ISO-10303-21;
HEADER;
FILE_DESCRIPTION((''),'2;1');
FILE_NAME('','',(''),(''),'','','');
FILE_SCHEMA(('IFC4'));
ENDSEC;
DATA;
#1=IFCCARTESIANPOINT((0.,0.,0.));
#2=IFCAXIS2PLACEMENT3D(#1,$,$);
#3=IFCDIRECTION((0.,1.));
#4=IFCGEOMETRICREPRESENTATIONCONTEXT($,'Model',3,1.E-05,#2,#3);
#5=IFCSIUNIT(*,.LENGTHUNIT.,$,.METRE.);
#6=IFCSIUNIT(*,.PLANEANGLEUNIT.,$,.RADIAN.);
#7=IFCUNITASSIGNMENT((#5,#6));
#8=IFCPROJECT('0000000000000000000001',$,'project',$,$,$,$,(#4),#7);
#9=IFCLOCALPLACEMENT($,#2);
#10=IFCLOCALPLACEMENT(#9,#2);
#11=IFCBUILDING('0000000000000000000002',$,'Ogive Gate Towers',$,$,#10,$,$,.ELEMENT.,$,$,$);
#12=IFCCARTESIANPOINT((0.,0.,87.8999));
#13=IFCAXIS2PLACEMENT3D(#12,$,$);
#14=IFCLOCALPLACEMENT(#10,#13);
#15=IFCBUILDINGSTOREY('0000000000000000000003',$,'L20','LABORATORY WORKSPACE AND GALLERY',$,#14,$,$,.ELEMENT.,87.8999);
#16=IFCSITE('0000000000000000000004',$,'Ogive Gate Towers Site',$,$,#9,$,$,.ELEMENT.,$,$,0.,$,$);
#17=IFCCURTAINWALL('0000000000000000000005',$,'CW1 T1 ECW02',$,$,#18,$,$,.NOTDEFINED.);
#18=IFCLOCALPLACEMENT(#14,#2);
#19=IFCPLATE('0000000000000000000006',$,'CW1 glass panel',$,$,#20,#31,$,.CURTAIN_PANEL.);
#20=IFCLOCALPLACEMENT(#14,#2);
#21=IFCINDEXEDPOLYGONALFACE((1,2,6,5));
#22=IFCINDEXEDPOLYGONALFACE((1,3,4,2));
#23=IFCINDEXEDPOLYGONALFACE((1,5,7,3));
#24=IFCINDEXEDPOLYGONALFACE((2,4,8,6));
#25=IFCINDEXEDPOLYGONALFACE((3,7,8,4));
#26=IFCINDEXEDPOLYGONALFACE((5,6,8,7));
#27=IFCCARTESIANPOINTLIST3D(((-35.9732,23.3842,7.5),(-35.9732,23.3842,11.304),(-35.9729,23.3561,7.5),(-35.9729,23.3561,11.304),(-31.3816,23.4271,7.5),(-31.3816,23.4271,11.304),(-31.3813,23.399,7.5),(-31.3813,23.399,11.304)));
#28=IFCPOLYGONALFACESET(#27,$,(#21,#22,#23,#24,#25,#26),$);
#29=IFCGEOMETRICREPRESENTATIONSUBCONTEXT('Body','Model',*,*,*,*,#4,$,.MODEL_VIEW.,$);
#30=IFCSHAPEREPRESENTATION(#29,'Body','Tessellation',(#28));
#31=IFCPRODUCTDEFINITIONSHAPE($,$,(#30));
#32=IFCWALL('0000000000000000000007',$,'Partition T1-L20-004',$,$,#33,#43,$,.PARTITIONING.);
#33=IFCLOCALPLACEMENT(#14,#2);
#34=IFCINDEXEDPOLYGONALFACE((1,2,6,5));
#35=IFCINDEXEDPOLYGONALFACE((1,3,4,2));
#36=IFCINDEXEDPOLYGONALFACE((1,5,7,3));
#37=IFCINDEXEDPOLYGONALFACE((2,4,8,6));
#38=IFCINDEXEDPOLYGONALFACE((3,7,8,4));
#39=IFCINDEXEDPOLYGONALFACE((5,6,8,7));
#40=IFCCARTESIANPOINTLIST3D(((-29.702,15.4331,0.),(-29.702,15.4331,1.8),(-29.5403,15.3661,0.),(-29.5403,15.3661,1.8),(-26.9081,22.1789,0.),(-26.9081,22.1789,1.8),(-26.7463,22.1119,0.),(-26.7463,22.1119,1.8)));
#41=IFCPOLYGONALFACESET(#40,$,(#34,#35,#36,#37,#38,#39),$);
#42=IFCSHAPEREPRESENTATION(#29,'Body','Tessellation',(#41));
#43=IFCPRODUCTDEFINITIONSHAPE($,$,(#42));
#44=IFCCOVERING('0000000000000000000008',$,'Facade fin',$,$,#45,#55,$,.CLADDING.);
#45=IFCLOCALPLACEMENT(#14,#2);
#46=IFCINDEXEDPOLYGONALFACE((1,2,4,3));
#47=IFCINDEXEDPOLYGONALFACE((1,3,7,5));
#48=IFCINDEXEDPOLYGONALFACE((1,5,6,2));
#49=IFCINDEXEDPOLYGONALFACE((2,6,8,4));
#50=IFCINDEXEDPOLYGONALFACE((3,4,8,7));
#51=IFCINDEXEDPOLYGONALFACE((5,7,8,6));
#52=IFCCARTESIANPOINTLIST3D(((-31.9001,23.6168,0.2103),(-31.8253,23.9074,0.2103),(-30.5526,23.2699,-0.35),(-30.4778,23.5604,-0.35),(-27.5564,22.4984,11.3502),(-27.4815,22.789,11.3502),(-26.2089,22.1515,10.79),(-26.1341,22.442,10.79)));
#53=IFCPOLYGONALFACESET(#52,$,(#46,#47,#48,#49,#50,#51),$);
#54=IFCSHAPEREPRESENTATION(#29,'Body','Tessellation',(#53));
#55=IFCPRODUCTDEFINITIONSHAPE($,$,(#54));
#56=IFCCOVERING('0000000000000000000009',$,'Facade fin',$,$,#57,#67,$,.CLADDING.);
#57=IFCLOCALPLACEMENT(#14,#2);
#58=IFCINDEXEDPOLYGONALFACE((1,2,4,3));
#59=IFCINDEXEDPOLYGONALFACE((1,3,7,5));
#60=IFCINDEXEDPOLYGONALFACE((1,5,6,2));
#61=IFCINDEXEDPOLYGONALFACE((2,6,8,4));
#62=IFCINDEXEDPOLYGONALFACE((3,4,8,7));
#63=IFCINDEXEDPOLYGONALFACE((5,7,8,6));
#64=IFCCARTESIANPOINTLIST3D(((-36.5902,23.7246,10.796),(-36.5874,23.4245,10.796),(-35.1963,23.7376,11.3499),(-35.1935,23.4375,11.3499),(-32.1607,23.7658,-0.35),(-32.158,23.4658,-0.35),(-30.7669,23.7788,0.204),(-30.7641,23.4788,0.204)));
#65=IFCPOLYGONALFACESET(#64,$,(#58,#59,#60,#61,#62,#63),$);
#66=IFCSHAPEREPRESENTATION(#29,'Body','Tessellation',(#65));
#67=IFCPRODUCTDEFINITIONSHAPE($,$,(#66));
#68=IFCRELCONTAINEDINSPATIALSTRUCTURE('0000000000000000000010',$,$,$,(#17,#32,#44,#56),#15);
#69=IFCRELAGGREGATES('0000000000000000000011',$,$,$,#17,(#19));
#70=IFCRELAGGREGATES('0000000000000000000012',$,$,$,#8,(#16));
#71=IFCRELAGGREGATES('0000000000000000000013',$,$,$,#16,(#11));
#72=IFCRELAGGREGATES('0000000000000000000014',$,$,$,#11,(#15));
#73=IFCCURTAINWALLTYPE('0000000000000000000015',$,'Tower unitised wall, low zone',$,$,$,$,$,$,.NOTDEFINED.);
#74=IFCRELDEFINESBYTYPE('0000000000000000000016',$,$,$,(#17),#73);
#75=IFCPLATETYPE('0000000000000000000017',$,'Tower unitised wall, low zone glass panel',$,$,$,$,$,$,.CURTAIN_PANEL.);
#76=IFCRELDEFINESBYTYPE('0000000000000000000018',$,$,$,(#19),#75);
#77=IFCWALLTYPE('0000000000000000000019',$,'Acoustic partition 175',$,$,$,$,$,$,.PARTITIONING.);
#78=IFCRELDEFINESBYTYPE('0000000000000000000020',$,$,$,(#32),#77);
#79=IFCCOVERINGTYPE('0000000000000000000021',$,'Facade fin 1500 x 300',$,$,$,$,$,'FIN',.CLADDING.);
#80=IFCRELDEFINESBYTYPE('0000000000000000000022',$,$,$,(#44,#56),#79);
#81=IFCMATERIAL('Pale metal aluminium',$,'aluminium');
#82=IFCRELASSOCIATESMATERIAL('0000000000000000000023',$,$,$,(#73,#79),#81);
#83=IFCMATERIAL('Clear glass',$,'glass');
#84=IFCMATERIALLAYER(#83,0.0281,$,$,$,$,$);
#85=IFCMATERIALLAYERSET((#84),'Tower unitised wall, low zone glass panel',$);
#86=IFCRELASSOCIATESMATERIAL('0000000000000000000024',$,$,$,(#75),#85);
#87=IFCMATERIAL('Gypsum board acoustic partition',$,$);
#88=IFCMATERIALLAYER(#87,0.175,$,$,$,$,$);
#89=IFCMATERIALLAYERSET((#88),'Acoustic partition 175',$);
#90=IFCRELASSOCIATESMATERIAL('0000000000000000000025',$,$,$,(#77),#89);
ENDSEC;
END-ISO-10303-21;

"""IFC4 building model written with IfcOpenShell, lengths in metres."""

from ifc_helpers import new_model, si_unit, direction, frame, frame_2d, origin, origin_2d, place, context, subcontext, project, spatial, rectangle, extrude, material, layer, layer_set, material_profile, profile_set, type_object, element, aggregate, save


model = new_model("IFC4")

# Units and contexts
model_context = context("Model", 3, precision=1e-05, world=origin(), true_north=direction((0.0, 1.0)))
body_context = subcontext(model_context, "Body", "Model", "MODEL_VIEW")
ifc_project = project(units=[si_unit("LENGTHUNIT", "METRE"), si_unit("PLANEANGLEUNIT", "RADIAN")], contexts=[model_context])

# Site, building, storey
site_placement = place(None, origin())
site = spatial("IfcSite", under=ifc_project, at=site_placement, Name="Ogive Gate Towers Site", CompositionType="ELEMENT", RefElevation=0.0)
building_placement = place(site_placement, origin())
building = spatial("IfcBuilding", under=site, at=building_placement, Name="Ogive Gate Towers", CompositionType="ELEMENT")
storey_placement = place(building_placement, frame((0.0, 0.0, 87.8999)))
storey = spatial("IfcBuildingStorey", under=building, at=storey_placement, Name="L20", Description="LABORATORY WORKSPACE AND GALLERY", CompositionType="ELEMENT", Elevation=87.8999)

# Curtain wall, plate
ifc_material_1 = material(Name="Pale metal aluminium", Category="aluminium")
curtain_wall_type = type_object("IfcCurtainWallType", Name="Tower unitised wall, low zone", PredefinedType="NOTDEFINED", material=ifc_material_1)
curtain_wall_placement = place(storey_placement, origin())
curtain_wall = element("IfcCurtainWall", 1, at=curtain_wall_placement, inside=storey, type_object=curtain_wall_type, Name="CW1 T1 ECW02", PredefinedType="NOTDEFINED")
ifc_material_2 = material(Name="Clear glass", Category="glass")
ifc_layer_1 = layer(ifc_material_2, 0.0281)
ifc_layer_set_1 = layer_set([ifc_layer_1], Name="Tower unitised wall, low zone glass panel")
plate_type = type_object("IfcPlateType", Name="Tower unitised wall, low zone glass panel", PredefinedType="CURTAIN_PANEL", material=ifc_layer_set_1)
plate_1_placement = place(storey_placement, frame((-33.6772, 23.3916, 7.5), z_axis=(0.0, 0.0, 1.0), x_axis=(-0.999956, -0.009337, 0.0)))
plate_1 = element("IfcPlate", 2, at=plate_1_placement, type_object=plate_type, Name="CW1 glass panel", PredefinedType="CURTAIN_PANEL", context=body_context, shape_type="SweptSolid", body=[
    extrude(rectangle(XDim=4.5918, YDim=0.0281, at=origin_2d()), origin(), (0.0, 0.0, 1.0), 3.804),
])
aggregate(curtain_wall, [plate_1])

# Wall
ifc_material_3 = material(Name="Gypsum board acoustic partition")
ifc_layer_2 = layer(ifc_material_3, 0.175)
ifc_layer_set_2 = layer_set([ifc_layer_2], Name="Acoustic partition 175")
wall_type = type_object("IfcWallType", Name="Acoustic partition 175", PredefinedType="PARTITIONING", material=ifc_layer_set_2)
wall_placement = place(storey_placement, frame((-26.8271, 22.1455, 0.0), z_axis=(0.0, 0.0, 1.0), x_axis=(-0.382651, -0.923893, 0.0)))
element("IfcWall", 3, at=wall_placement, inside=storey, type_object=wall_type, Name="Partition T1-L20-004", PredefinedType="PARTITIONING", context=body_context, shape_type="SweptSolid", body=[
    extrude(rectangle(XDim=7.3015, YDim=0.175, at=frame_2d((3.6509, 0.0))), origin(), (0.0, 0.0, 1.0), 1.8),
])

# Coverings
ifc_material_profile_1 = material_profile(ifc_material_1, rectangle(XDim=0.3, YDim=1.5, at=origin_2d()), Name="1500 x 300 pale metal aluminium")
ifc_profile_set_1 = profile_set([ifc_material_profile_1], Name="Pale metal aluminium")
covering_type = type_object("IfcCoveringType", Name="Facade fin 1500 x 300", ElementType="FIN", PredefinedType="CLADDING", material=ifc_profile_set_1)
covering_1_placement = place(storey_placement, frame((-31.189, 23.5886, -0.0698), z_axis=(0.361708, -0.093131, 0.927628), x_axis=(0.249343, 0.968415, 0.0)))
element("IfcCovering", 4, at=covering_1_placement, inside=storey, type_object=covering_type, Name="Facade fin", PredefinedType="CLADDING", context=body_context, shape_type="SweptSolid", body=[
    extrude(rectangle(XDim=0.3, YDim=1.5, at=origin_2d()), origin(), (0.0, 0.0, 1.0), 12.009),
])
covering_2_placement = place(storey_placement, frame((-31.4624, 23.6223, -0.073), z_axis=(-0.369306, -0.00344, 0.929301), x_axis=(0.009314, -0.999957, 0.0)))
element("IfcCovering", 5, at=covering_2_placement, inside=storey, type_object=covering_type, Name="Facade fin", PredefinedType="CLADDING", context=body_context, shape_type="SweptSolid", body=[
    extrude(rectangle(XDim=0.3, YDim=1.5, at=origin_2d()), origin(), (0.0, 0.0, 1.0), 11.9939),
])

save(model, "model.ifc")
